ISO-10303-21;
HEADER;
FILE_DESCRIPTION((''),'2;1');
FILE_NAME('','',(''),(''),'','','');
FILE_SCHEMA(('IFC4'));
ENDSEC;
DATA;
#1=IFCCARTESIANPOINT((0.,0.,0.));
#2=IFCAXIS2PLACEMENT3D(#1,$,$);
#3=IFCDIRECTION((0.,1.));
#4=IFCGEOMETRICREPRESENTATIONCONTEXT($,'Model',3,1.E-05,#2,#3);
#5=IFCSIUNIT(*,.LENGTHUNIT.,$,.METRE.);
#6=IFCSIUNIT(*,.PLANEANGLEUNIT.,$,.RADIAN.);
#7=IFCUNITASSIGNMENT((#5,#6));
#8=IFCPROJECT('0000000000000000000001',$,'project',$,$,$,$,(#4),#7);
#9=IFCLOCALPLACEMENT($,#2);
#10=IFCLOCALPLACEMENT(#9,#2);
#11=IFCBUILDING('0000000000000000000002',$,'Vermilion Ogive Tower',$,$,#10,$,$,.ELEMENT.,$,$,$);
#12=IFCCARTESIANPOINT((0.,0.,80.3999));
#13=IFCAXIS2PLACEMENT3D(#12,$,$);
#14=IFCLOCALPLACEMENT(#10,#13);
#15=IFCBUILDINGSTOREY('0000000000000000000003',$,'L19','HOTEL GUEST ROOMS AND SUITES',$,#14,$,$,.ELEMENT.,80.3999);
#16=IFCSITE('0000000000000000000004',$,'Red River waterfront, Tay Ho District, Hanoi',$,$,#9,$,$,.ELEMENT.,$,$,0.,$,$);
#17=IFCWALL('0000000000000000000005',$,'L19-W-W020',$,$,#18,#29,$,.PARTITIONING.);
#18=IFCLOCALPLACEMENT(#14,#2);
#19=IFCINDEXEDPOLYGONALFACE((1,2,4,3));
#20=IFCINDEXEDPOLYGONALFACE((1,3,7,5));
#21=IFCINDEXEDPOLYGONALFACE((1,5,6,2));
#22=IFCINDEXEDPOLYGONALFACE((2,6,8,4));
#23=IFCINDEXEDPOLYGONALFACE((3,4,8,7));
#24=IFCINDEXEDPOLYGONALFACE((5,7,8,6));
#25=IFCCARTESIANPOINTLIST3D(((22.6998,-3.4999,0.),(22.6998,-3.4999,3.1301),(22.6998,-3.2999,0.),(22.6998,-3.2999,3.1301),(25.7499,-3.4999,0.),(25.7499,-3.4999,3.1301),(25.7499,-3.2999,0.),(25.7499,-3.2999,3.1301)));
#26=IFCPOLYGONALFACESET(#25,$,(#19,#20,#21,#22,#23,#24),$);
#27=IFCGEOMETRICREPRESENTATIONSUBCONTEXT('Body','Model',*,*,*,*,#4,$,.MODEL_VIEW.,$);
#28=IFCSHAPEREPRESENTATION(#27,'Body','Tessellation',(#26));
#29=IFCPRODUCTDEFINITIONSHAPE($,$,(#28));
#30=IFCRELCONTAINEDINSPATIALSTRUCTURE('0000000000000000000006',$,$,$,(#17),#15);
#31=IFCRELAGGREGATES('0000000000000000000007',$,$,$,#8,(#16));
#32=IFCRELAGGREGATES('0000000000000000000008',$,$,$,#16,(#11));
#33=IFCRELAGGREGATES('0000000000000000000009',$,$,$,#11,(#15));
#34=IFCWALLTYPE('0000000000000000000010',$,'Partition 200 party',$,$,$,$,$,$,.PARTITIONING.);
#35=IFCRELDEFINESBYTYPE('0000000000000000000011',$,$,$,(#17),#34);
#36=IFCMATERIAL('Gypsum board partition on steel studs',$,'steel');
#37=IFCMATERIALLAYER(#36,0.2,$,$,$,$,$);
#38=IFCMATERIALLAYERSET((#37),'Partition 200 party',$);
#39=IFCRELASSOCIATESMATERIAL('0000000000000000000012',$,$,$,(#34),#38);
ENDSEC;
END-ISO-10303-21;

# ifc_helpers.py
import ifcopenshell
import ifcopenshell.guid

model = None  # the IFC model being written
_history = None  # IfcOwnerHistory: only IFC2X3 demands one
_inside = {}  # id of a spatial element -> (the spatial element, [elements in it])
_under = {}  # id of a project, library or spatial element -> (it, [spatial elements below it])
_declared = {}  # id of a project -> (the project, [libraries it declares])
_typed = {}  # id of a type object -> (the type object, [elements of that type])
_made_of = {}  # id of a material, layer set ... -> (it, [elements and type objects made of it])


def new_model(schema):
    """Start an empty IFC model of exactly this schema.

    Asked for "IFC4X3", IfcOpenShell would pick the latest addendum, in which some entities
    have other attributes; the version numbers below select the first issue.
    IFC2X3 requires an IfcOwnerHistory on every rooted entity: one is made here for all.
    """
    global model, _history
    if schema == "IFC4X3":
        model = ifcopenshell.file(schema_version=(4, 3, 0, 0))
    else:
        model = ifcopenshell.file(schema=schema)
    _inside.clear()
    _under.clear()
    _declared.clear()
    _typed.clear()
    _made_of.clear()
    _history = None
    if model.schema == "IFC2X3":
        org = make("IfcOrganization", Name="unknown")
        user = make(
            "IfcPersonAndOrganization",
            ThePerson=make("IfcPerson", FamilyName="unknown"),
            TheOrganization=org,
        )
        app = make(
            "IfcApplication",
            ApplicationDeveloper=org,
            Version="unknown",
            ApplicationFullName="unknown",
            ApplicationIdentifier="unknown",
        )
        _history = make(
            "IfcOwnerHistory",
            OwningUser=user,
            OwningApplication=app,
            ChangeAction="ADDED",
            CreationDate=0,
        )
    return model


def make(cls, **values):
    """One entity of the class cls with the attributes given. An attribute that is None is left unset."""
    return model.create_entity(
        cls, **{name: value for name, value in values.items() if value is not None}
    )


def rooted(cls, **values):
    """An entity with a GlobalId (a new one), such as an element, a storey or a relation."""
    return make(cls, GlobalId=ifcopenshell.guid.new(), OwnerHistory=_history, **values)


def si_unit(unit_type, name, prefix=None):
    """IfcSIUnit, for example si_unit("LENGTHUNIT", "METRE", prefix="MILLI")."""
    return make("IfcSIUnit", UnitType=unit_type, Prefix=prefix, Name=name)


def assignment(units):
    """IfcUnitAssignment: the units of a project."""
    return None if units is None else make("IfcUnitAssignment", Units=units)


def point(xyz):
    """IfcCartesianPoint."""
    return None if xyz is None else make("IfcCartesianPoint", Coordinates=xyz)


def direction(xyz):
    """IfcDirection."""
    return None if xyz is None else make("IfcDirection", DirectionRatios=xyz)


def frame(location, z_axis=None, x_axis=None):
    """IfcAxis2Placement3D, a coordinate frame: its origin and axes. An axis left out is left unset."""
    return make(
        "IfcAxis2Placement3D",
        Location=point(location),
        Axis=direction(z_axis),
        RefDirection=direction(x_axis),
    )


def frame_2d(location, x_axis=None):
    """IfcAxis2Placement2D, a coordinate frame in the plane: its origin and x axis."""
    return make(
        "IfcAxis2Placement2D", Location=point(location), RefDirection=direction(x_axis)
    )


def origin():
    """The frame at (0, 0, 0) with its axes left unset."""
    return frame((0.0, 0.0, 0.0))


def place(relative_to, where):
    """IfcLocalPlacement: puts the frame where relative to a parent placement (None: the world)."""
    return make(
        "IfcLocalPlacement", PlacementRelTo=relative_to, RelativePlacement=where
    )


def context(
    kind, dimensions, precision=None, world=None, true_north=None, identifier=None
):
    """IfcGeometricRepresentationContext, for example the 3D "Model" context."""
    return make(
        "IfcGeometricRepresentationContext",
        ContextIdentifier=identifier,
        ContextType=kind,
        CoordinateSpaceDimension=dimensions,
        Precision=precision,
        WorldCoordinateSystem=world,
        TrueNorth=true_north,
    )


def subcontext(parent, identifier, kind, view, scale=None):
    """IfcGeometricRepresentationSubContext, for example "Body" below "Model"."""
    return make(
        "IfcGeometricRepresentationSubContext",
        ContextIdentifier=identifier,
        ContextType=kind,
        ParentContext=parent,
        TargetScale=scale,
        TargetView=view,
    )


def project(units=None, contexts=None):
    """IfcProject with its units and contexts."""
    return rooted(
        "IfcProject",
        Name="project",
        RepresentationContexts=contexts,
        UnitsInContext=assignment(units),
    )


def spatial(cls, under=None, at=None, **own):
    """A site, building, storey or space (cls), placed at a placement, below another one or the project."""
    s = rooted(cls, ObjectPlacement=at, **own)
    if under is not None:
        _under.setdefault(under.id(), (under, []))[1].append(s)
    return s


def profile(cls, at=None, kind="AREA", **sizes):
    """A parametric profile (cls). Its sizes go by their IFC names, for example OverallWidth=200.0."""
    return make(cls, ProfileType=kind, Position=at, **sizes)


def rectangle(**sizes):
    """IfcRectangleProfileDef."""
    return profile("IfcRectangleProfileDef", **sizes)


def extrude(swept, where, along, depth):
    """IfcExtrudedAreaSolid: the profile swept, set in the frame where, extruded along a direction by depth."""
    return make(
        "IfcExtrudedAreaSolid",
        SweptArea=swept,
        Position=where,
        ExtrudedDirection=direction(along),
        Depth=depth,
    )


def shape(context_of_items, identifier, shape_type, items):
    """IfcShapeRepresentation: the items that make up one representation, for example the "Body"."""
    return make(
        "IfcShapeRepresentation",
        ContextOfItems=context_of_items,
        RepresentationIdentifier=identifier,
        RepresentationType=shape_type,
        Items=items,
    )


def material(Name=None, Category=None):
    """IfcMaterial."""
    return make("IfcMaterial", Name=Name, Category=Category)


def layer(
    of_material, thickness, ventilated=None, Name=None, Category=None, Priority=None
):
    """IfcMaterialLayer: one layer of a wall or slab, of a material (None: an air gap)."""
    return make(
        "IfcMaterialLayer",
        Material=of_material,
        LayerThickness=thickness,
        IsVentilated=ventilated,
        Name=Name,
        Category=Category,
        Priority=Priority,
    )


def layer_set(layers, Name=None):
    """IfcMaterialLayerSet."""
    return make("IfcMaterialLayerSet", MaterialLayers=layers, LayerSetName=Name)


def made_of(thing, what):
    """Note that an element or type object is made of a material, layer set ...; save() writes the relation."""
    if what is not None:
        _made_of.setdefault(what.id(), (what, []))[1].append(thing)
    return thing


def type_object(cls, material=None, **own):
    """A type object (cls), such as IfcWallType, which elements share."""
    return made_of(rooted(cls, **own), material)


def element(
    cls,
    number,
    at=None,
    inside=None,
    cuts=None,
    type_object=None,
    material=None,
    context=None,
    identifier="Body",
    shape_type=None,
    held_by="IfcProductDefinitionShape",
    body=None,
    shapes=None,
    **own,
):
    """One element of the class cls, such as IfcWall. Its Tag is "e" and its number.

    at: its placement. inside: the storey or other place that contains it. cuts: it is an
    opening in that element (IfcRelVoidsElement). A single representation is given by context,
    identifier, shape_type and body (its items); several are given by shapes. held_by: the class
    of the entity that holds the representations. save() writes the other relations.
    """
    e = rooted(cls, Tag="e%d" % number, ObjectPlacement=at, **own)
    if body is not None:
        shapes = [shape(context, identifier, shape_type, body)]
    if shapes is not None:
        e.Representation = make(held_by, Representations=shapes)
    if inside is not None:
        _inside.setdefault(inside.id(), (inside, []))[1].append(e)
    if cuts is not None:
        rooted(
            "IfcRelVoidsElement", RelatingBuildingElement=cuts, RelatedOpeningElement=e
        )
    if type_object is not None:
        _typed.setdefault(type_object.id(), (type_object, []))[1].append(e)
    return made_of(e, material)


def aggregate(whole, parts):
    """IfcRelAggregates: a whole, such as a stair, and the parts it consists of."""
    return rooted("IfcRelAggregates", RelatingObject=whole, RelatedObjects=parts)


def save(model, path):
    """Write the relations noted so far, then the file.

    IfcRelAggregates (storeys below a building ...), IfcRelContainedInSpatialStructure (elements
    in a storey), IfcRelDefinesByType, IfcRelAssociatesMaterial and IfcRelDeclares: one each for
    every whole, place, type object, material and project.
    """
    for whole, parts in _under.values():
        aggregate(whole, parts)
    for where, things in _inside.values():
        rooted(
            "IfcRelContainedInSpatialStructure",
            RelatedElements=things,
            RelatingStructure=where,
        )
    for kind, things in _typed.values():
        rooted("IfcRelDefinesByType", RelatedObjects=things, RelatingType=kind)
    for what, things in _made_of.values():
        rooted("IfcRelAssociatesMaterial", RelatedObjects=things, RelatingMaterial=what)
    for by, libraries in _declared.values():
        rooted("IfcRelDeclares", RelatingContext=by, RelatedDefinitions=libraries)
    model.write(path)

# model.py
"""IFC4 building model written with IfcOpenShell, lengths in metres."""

from ifc_helpers import new_model, si_unit, direction, frame, frame_2d, origin, place, context, subcontext, project, spatial, rectangle, extrude, material, layer, layer_set, type_object, element, save


model = new_model("IFC4")

# Units and contexts
model_context = context("Model", 3, precision=1e-05, world=origin(), true_north=direction((0.0, 1.0)))
body_context = subcontext(model_context, "Body", "Model", "MODEL_VIEW")
ifc_project = project(units=[si_unit("LENGTHUNIT", "METRE"), si_unit("PLANEANGLEUNIT", "RADIAN")], contexts=[model_context])

# Site, building, storey
site_placement = place(None, origin())
site = spatial("IfcSite", under=ifc_project, at=site_placement, Name="Red River waterfront, Tay Ho District, Hanoi", CompositionType="ELEMENT", RefElevation=0.0)
building_placement = place(site_placement, origin())
building = spatial("IfcBuilding", under=site, at=building_placement, Name="Vermilion Ogive Tower", CompositionType="ELEMENT")
storey_placement = place(building_placement, frame((0.0, 0.0, 80.3999)))
storey = spatial("IfcBuildingStorey", under=building, at=storey_placement, Name="L19", Description="HOTEL GUEST ROOMS AND SUITES", CompositionType="ELEMENT", Elevation=80.3999)

# Wall
ifc_material_1 = material(Name="Gypsum board partition on steel studs", Category="steel")
ifc_layer_1 = layer(ifc_material_1, 0.2)
ifc_layer_set_1 = layer_set([ifc_layer_1], Name="Partition 200 party")
wall_type_1 = type_object("IfcWallType", Name="Partition 200 party", PredefinedType="PARTITIONING", material=ifc_layer_set_1)
wall_1_placement = place(storey_placement, frame((22.7, -3.3999, 0.0), z_axis=(0.0, 0.0, 1.0), x_axis=(1.0, 0.0, 0.0)))
element("IfcWall", 1, at=wall_1_placement, inside=storey, type_object=wall_type_1, Name="L19-W-W020", PredefinedType="PARTITIONING", context=body_context, shape_type="SweptSolid", body=[
    extrude(rectangle(XDim=3.05, YDim=0.2, at=frame_2d((1.5249, 0.0))), origin(), (0.0, 0.0, 1.0), 3.1301),
])

save(model, "model.ifc")
